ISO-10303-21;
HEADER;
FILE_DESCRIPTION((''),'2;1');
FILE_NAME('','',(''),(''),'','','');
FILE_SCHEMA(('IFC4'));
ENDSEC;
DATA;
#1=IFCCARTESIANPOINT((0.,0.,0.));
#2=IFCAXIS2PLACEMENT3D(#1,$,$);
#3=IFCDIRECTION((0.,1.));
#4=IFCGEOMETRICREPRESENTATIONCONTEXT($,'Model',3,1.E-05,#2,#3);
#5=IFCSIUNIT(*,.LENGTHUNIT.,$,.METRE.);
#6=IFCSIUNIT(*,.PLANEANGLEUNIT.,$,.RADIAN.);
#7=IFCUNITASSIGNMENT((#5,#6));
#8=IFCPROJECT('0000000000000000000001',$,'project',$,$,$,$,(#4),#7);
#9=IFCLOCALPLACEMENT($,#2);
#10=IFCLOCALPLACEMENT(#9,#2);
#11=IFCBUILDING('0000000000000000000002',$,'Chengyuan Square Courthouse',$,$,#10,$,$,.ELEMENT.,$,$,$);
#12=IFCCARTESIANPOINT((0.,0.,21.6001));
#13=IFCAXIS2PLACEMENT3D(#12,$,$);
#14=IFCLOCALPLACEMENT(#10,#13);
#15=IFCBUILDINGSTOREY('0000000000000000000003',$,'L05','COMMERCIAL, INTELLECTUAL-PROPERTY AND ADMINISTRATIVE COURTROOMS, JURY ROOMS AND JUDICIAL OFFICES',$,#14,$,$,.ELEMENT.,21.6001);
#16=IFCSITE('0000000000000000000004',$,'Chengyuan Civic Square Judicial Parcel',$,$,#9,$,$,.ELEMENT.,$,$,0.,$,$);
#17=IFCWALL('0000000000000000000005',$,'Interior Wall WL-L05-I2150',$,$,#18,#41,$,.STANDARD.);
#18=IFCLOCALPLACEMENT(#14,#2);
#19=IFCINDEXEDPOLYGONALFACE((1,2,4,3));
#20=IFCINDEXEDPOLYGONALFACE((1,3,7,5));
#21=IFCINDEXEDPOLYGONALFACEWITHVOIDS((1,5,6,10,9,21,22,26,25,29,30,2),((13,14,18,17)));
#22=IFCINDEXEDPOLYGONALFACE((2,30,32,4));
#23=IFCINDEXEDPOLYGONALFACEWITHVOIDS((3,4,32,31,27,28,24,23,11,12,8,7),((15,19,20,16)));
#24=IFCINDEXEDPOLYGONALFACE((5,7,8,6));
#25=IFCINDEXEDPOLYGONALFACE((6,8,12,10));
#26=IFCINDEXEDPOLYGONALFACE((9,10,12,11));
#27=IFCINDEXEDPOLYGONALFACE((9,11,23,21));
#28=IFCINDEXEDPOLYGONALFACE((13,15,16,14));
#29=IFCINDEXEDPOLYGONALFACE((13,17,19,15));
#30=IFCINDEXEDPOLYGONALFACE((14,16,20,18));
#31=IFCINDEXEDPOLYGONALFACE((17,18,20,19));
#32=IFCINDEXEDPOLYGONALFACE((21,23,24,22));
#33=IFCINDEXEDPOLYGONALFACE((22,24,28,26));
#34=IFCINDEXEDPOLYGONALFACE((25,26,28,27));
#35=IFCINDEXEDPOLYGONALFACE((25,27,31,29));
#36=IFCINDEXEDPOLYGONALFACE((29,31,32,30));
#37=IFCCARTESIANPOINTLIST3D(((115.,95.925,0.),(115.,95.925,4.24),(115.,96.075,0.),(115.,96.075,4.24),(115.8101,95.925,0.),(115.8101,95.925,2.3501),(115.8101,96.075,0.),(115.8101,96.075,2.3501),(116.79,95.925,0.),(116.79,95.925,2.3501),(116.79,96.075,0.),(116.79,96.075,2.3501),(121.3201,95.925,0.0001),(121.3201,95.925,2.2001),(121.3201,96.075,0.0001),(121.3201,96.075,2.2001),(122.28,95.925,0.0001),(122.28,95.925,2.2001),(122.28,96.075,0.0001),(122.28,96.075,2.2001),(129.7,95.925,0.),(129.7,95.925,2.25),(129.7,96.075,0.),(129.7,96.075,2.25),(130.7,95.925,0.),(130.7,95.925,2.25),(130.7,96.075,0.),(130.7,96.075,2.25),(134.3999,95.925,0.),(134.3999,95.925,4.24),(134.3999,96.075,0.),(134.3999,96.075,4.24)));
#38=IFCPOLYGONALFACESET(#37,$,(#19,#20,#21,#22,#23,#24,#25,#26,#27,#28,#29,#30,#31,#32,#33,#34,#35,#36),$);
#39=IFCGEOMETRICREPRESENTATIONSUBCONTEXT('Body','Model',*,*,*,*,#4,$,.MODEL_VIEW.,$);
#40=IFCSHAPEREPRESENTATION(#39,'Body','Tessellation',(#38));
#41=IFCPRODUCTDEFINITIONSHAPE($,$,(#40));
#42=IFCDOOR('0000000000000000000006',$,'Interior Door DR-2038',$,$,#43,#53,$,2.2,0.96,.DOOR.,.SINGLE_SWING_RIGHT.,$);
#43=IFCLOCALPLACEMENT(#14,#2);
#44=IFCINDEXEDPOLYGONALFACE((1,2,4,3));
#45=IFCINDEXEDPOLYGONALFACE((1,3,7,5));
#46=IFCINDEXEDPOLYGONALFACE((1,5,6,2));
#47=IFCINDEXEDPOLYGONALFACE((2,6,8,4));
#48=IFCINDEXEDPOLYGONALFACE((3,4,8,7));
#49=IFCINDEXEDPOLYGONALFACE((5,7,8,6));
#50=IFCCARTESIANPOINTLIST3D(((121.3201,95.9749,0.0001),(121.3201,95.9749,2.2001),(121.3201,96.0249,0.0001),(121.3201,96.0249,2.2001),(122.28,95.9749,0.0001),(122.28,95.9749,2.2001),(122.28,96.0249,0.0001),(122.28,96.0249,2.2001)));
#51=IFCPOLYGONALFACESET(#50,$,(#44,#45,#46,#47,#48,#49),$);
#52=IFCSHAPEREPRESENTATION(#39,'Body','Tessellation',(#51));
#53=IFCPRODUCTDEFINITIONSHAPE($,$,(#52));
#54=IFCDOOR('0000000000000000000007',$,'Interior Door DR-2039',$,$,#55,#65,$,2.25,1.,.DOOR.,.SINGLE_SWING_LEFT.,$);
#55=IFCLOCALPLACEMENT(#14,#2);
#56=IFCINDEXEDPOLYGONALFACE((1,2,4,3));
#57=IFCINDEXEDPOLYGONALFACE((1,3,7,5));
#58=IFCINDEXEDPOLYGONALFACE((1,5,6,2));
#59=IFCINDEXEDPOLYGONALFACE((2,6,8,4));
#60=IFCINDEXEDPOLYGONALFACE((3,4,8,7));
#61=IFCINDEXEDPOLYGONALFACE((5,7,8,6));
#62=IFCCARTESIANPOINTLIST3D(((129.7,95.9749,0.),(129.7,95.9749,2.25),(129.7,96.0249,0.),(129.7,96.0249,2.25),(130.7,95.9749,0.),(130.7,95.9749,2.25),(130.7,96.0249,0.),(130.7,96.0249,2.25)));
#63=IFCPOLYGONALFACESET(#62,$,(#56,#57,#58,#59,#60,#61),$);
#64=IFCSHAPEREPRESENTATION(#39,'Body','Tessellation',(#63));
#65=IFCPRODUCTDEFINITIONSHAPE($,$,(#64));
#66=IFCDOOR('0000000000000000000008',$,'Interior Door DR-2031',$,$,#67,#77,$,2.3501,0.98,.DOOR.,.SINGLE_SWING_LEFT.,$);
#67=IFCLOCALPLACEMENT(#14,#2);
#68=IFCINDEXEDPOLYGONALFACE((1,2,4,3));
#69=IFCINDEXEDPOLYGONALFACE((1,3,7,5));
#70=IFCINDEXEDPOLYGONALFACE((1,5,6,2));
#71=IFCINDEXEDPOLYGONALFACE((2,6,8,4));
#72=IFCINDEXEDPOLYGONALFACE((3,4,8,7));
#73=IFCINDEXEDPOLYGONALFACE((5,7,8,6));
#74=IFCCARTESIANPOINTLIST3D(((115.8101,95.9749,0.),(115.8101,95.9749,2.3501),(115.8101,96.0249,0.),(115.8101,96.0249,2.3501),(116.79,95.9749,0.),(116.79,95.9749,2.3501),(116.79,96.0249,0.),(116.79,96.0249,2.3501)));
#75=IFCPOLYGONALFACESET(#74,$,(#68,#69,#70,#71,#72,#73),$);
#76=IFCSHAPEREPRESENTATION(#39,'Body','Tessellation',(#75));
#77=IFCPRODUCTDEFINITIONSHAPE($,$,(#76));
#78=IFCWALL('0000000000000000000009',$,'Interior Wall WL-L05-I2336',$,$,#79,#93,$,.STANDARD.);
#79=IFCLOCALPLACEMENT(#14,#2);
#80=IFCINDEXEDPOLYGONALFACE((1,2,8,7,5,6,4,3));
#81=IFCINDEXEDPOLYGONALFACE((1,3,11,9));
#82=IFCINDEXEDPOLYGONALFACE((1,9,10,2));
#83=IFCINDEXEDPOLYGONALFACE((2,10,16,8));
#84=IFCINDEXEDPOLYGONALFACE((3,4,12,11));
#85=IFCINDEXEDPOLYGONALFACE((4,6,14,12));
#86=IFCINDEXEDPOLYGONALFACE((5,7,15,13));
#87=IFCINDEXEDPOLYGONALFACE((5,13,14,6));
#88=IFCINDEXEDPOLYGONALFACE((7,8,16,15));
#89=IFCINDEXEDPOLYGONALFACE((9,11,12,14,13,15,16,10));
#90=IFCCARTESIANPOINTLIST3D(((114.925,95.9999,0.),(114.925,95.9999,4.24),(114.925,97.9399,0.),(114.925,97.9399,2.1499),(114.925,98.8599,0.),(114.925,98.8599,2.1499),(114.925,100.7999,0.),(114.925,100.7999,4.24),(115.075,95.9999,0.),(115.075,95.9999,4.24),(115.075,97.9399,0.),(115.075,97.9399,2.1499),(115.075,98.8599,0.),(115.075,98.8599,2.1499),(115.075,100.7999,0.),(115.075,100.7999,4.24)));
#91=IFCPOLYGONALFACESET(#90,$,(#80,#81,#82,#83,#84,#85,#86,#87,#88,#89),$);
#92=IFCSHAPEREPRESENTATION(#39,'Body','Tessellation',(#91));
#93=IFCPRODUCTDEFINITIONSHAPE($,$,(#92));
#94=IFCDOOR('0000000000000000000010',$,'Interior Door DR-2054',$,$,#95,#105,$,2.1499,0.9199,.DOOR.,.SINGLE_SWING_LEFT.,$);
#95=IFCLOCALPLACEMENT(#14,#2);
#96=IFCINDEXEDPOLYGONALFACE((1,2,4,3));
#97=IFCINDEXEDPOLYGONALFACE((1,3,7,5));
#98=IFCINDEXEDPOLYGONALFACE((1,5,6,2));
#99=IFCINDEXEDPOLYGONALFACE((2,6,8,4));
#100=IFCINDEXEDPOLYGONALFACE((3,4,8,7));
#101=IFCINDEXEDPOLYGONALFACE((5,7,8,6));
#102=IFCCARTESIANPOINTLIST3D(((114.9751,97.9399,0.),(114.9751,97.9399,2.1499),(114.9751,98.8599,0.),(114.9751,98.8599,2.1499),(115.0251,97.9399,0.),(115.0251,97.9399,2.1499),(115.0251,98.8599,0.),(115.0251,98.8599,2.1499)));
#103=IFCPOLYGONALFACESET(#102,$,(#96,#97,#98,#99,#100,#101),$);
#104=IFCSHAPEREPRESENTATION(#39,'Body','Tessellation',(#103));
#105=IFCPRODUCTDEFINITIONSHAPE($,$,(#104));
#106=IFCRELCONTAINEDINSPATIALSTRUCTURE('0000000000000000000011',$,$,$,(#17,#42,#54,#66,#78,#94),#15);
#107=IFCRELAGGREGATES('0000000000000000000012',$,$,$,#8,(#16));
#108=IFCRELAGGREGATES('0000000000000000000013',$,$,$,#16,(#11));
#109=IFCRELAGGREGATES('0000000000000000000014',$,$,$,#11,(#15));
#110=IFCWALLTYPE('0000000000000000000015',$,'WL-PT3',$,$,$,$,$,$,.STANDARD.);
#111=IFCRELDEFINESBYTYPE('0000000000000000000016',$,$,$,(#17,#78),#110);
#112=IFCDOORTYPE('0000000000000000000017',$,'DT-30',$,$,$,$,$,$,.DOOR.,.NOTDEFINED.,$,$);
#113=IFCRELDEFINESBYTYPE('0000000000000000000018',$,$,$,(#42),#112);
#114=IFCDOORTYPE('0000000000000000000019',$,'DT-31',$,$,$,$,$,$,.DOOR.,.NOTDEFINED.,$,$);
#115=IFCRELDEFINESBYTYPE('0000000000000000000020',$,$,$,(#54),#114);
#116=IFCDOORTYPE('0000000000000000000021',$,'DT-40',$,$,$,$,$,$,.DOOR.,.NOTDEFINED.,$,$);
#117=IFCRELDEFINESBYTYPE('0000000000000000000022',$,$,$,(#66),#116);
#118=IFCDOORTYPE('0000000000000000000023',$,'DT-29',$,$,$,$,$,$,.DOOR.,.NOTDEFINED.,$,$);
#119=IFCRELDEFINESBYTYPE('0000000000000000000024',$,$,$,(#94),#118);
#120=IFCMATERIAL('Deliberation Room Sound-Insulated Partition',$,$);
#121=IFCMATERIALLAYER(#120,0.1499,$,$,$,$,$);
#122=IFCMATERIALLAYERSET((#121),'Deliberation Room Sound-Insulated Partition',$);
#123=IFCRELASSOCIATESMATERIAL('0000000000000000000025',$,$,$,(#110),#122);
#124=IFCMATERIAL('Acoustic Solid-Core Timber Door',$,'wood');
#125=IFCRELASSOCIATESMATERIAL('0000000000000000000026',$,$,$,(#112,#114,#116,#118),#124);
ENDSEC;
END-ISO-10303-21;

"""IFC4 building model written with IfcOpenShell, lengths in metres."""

from ifc_helpers import new_model, si_unit, direction, frame, frame_2d, origin, place, context, subcontext, project, spatial, rectangle, extrude, material, layer, layer_set, type_object, element, fill, save


model = new_model("IFC4")

# Units and contexts
model_context = context("Model", 3, precision=1e-05, world=origin(), true_north=direction((0.0, 1.0)))
body_context = subcontext(model_context, "Body", "Model", "MODEL_VIEW")
ifc_project = project(units=[si_unit("LENGTHUNIT", "METRE"), si_unit("PLANEANGLEUNIT", "RADIAN")], contexts=[model_context])

# Site, building, storey
site_placement = place(None, origin())
site = spatial("IfcSite", under=ifc_project, at=site_placement, Name="Chengyuan Civic Square Judicial Parcel", CompositionType="ELEMENT", RefElevation=0.0)
building_placement = place(site_placement, origin())
building = spatial("IfcBuilding", under=site, at=building_placement, Name="Chengyuan Square Courthouse", CompositionType="ELEMENT")
storey_placement = place(building_placement, frame((0.0, 0.0, 21.6001)))
storey = spatial("IfcBuildingStorey", under=building, at=storey_placement, Name="L05", Description="COMMERCIAL, INTELLECTUAL-PROPERTY AND ADMINISTRATIVE COURTROOMS, JURY ROOMS AND JUDICIAL OFFICES", CompositionType="ELEMENT", Elevation=21.6001)

# Wall, openings, doors
ifc_material_1 = material(Name="Deliberation Room Sound-Insulated Partition")
ifc_layer_1 = layer(ifc_material_1, 0.1499)
ifc_layer_set_1 = layer_set([ifc_layer_1], Name="Deliberation Room Sound-Insulated Partition")
wall_type_1 = type_object("IfcWallType", Name="WL-PT3", PredefinedType="STANDARD", material=ifc_layer_set_1)
wall_1_placement = place(storey_placement, frame((115.0, 96.0, 0.0), z_axis=(0.0, 0.0, 1.0), x_axis=(1.0, 0.0, 0.0)))
wall_1 = element("IfcWall", 1, at=wall_1_placement, inside=storey, type_object=wall_type_1, Name="Interior Wall WL-L05-I2150", PredefinedType="STANDARD", context=body_context, shape_type="SweptSolid", body=[
    extrude(rectangle(XDim=19.3999, YDim=0.1499, at=frame_2d((9.7, 0.0))), origin(), (0.0, 0.0, 1.0), 4.24),
])
opening_1_placement = place(wall_1_placement, frame((0.8101, 0.0, 0.0)))
opening_1 = element("IfcOpeningElement", 2, at=opening_1_placement, cuts=wall_1, PredefinedType="OPENING", context=body_context, shape_type="SweptSolid", body=[
    extrude(rectangle(XDim=0.98, YDim=2.3501, at=frame_2d((0.49, 1.175))), frame((0.0, 0.0869, 0.0), z_axis=(0.0, -1.0, 0.0), x_axis=(1.0, 0.0, 0.0)), (0.0, 0.0, 1.0), 0.1738),
])
opening_2_placement = place(wall_1_placement, frame((6.3201, 0.0, 0.0)))
opening_2 = element("IfcOpeningElement", 3, at=opening_2_placement, cuts=wall_1, PredefinedType="OPENING", context=body_context, shape_type="SweptSolid", body=[
    extrude(rectangle(XDim=0.96, YDim=2.2, at=frame_2d((0.48, 1.1001))), frame((0.0, 0.0869, 0.0), z_axis=(0.0, -1.0, 0.0), x_axis=(1.0, 0.0, 0.0)), (0.0, 0.0, 1.0), 0.1738),
])
opening_3_placement = place(wall_1_placement, frame((14.7, 0.0, 0.0)))
opening_3 = element("IfcOpeningElement", 4, at=opening_3_placement, cuts=wall_1, PredefinedType="OPENING", context=body_context, shape_type="SweptSolid", body=[
    extrude(rectangle(XDim=1.0, YDim=2.25, at=frame_2d((0.5, 1.125))), frame((0.0, 0.0869, 0.0), z_axis=(0.0, -1.0, 0.0), x_axis=(1.0, 0.0, 0.0)), (0.0, 0.0, 1.0), 0.1738),
])
ifc_material_2 = material(Name="Acoustic Solid-Core Timber Door", Category="wood")
door_type_1 = type_object("IfcDoorType", Name="DT-30", OperationType="NOTDEFINED", PredefinedType="DOOR", material=ifc_material_2)
door_1_placement = place(opening_2_placement, origin())
door_1 = element("IfcDoor", 5, at=door_1_placement, inside=storey, type_object=door_type_1, Name="Interior Door DR-2038", OperationType="SINGLE_SWING_RIGHT", OverallHeight=2.2, OverallWidth=0.96, PredefinedType="DOOR", context=body_context, shape_type="SweptSolid", body=[
    extrude(rectangle(XDim=0.96, YDim=2.2, at=frame_2d((0.48, 1.1001))), frame((0.0, 0.0249, 0.0), z_axis=(0.0, -1.0, 0.0), x_axis=(1.0, 0.0, 0.0)), (0.0, 0.0, 1.0), 0.05),
])
fill(opening_2, door_1)
door_type_2 = type_object("IfcDoorType", Name="DT-31", OperationType="NOTDEFINED", PredefinedType="DOOR", material=ifc_material_2)
door_2_placement = place(opening_3_placement, origin())
door_2 = element("IfcDoor", 6, at=door_2_placement, inside=storey, type_object=door_type_2, Name="Interior Door DR-2039", OperationType="SINGLE_SWING_LEFT", OverallHeight=2.25, OverallWidth=1.0, PredefinedType="DOOR", context=body_context, shape_type="SweptSolid", body=[
    extrude(rectangle(XDim=1.0, YDim=2.25, at=frame_2d((0.5, 1.125))), frame((0.0, 0.0249, 0.0), z_axis=(0.0, -1.0, 0.0), x_axis=(1.0, 0.0, 0.0)), (0.0, 0.0, 1.0), 0.05),
])
fill(opening_3, door_2)
door_type_3 = type_object("IfcDoorType", Name="DT-40", OperationType="NOTDEFINED", PredefinedType="DOOR", material=ifc_material_2)
door_3_placement = place(opening_1_placement, origin())
door_3 = element("IfcDoor", 7, at=door_3_placement, inside=storey, type_object=door_type_3, Name="Interior Door DR-2031", OperationType="SINGLE_SWING_LEFT", OverallHeight=2.3501, OverallWidth=0.98, PredefinedType="DOOR", context=body_context, shape_type="SweptSolid", body=[
    extrude(rectangle(XDim=0.98, YDim=2.3501, at=frame_2d((0.49, 1.175))), frame((0.0, 0.0249, 0.0), z_axis=(0.0, -1.0, 0.0), x_axis=(1.0, 0.0, 0.0)), (0.0, 0.0, 1.0), 0.05),
])
fill(opening_1, door_3)

# Wall, opening, door
wall_2_placement = place(storey_placement, frame((115.0, 96.0, 0.0), z_axis=(0.0, 0.0, 1.0), x_axis=(0.0, 1.0, 0.0)))
wall_2 = element("IfcWall", 8, at=wall_2_placement, inside=storey, type_object=wall_type_1, Name="Interior Wall WL-L05-I2336", PredefinedType="STANDARD", context=body_context, shape_type="SweptSolid", body=[
    extrude(rectangle(XDim=4.8, YDim=0.1499, at=frame_2d((2.3999, 0.0))), origin(), (0.0, 0.0, 1.0), 4.24),
])
opening_4_placement = place(wall_2_placement, frame((1.9399, 0.0, 0.0)))
opening_4 = element("IfcOpeningElement", 9, at=opening_4_placement, cuts=wall_2, PredefinedType="OPENING", context=body_context, shape_type="SweptSolid", body=[
    extrude(rectangle(XDim=0.9199, YDim=2.1499, at=frame_2d((0.46, 1.075))), frame((0.0, 0.0869, 0.0), z_axis=(0.0, -1.0, 0.0), x_axis=(1.0, 0.0, 0.0)), (0.0, 0.0, 1.0), 0.1738),
])
door_type_4 = type_object("IfcDoorType", Name="DT-29", OperationType="NOTDEFINED", PredefinedType="DOOR", material=ifc_material_2)
door_4_placement = place(opening_4_placement, origin())
door_4 = element("IfcDoor", 10, at=door_4_placement, inside=storey, type_object=door_type_4, Name="Interior Door DR-2054", OperationType="SINGLE_SWING_LEFT", OverallHeight=2.1499, OverallWidth=0.9199, PredefinedType="DOOR", context=body_context, shape_type="SweptSolid", body=[
    extrude(rectangle(XDim=0.9199, YDim=2.1499, at=frame_2d((0.46, 1.075))), frame((0.0, 0.0249, 0.0), z_axis=(0.0, -1.0, 0.0), x_axis=(1.0, 0.0, 0.0)), (0.0, 0.0, 1.0), 0.05),
])
fill(opening_4, door_4)

save(model, "model.ifc")
